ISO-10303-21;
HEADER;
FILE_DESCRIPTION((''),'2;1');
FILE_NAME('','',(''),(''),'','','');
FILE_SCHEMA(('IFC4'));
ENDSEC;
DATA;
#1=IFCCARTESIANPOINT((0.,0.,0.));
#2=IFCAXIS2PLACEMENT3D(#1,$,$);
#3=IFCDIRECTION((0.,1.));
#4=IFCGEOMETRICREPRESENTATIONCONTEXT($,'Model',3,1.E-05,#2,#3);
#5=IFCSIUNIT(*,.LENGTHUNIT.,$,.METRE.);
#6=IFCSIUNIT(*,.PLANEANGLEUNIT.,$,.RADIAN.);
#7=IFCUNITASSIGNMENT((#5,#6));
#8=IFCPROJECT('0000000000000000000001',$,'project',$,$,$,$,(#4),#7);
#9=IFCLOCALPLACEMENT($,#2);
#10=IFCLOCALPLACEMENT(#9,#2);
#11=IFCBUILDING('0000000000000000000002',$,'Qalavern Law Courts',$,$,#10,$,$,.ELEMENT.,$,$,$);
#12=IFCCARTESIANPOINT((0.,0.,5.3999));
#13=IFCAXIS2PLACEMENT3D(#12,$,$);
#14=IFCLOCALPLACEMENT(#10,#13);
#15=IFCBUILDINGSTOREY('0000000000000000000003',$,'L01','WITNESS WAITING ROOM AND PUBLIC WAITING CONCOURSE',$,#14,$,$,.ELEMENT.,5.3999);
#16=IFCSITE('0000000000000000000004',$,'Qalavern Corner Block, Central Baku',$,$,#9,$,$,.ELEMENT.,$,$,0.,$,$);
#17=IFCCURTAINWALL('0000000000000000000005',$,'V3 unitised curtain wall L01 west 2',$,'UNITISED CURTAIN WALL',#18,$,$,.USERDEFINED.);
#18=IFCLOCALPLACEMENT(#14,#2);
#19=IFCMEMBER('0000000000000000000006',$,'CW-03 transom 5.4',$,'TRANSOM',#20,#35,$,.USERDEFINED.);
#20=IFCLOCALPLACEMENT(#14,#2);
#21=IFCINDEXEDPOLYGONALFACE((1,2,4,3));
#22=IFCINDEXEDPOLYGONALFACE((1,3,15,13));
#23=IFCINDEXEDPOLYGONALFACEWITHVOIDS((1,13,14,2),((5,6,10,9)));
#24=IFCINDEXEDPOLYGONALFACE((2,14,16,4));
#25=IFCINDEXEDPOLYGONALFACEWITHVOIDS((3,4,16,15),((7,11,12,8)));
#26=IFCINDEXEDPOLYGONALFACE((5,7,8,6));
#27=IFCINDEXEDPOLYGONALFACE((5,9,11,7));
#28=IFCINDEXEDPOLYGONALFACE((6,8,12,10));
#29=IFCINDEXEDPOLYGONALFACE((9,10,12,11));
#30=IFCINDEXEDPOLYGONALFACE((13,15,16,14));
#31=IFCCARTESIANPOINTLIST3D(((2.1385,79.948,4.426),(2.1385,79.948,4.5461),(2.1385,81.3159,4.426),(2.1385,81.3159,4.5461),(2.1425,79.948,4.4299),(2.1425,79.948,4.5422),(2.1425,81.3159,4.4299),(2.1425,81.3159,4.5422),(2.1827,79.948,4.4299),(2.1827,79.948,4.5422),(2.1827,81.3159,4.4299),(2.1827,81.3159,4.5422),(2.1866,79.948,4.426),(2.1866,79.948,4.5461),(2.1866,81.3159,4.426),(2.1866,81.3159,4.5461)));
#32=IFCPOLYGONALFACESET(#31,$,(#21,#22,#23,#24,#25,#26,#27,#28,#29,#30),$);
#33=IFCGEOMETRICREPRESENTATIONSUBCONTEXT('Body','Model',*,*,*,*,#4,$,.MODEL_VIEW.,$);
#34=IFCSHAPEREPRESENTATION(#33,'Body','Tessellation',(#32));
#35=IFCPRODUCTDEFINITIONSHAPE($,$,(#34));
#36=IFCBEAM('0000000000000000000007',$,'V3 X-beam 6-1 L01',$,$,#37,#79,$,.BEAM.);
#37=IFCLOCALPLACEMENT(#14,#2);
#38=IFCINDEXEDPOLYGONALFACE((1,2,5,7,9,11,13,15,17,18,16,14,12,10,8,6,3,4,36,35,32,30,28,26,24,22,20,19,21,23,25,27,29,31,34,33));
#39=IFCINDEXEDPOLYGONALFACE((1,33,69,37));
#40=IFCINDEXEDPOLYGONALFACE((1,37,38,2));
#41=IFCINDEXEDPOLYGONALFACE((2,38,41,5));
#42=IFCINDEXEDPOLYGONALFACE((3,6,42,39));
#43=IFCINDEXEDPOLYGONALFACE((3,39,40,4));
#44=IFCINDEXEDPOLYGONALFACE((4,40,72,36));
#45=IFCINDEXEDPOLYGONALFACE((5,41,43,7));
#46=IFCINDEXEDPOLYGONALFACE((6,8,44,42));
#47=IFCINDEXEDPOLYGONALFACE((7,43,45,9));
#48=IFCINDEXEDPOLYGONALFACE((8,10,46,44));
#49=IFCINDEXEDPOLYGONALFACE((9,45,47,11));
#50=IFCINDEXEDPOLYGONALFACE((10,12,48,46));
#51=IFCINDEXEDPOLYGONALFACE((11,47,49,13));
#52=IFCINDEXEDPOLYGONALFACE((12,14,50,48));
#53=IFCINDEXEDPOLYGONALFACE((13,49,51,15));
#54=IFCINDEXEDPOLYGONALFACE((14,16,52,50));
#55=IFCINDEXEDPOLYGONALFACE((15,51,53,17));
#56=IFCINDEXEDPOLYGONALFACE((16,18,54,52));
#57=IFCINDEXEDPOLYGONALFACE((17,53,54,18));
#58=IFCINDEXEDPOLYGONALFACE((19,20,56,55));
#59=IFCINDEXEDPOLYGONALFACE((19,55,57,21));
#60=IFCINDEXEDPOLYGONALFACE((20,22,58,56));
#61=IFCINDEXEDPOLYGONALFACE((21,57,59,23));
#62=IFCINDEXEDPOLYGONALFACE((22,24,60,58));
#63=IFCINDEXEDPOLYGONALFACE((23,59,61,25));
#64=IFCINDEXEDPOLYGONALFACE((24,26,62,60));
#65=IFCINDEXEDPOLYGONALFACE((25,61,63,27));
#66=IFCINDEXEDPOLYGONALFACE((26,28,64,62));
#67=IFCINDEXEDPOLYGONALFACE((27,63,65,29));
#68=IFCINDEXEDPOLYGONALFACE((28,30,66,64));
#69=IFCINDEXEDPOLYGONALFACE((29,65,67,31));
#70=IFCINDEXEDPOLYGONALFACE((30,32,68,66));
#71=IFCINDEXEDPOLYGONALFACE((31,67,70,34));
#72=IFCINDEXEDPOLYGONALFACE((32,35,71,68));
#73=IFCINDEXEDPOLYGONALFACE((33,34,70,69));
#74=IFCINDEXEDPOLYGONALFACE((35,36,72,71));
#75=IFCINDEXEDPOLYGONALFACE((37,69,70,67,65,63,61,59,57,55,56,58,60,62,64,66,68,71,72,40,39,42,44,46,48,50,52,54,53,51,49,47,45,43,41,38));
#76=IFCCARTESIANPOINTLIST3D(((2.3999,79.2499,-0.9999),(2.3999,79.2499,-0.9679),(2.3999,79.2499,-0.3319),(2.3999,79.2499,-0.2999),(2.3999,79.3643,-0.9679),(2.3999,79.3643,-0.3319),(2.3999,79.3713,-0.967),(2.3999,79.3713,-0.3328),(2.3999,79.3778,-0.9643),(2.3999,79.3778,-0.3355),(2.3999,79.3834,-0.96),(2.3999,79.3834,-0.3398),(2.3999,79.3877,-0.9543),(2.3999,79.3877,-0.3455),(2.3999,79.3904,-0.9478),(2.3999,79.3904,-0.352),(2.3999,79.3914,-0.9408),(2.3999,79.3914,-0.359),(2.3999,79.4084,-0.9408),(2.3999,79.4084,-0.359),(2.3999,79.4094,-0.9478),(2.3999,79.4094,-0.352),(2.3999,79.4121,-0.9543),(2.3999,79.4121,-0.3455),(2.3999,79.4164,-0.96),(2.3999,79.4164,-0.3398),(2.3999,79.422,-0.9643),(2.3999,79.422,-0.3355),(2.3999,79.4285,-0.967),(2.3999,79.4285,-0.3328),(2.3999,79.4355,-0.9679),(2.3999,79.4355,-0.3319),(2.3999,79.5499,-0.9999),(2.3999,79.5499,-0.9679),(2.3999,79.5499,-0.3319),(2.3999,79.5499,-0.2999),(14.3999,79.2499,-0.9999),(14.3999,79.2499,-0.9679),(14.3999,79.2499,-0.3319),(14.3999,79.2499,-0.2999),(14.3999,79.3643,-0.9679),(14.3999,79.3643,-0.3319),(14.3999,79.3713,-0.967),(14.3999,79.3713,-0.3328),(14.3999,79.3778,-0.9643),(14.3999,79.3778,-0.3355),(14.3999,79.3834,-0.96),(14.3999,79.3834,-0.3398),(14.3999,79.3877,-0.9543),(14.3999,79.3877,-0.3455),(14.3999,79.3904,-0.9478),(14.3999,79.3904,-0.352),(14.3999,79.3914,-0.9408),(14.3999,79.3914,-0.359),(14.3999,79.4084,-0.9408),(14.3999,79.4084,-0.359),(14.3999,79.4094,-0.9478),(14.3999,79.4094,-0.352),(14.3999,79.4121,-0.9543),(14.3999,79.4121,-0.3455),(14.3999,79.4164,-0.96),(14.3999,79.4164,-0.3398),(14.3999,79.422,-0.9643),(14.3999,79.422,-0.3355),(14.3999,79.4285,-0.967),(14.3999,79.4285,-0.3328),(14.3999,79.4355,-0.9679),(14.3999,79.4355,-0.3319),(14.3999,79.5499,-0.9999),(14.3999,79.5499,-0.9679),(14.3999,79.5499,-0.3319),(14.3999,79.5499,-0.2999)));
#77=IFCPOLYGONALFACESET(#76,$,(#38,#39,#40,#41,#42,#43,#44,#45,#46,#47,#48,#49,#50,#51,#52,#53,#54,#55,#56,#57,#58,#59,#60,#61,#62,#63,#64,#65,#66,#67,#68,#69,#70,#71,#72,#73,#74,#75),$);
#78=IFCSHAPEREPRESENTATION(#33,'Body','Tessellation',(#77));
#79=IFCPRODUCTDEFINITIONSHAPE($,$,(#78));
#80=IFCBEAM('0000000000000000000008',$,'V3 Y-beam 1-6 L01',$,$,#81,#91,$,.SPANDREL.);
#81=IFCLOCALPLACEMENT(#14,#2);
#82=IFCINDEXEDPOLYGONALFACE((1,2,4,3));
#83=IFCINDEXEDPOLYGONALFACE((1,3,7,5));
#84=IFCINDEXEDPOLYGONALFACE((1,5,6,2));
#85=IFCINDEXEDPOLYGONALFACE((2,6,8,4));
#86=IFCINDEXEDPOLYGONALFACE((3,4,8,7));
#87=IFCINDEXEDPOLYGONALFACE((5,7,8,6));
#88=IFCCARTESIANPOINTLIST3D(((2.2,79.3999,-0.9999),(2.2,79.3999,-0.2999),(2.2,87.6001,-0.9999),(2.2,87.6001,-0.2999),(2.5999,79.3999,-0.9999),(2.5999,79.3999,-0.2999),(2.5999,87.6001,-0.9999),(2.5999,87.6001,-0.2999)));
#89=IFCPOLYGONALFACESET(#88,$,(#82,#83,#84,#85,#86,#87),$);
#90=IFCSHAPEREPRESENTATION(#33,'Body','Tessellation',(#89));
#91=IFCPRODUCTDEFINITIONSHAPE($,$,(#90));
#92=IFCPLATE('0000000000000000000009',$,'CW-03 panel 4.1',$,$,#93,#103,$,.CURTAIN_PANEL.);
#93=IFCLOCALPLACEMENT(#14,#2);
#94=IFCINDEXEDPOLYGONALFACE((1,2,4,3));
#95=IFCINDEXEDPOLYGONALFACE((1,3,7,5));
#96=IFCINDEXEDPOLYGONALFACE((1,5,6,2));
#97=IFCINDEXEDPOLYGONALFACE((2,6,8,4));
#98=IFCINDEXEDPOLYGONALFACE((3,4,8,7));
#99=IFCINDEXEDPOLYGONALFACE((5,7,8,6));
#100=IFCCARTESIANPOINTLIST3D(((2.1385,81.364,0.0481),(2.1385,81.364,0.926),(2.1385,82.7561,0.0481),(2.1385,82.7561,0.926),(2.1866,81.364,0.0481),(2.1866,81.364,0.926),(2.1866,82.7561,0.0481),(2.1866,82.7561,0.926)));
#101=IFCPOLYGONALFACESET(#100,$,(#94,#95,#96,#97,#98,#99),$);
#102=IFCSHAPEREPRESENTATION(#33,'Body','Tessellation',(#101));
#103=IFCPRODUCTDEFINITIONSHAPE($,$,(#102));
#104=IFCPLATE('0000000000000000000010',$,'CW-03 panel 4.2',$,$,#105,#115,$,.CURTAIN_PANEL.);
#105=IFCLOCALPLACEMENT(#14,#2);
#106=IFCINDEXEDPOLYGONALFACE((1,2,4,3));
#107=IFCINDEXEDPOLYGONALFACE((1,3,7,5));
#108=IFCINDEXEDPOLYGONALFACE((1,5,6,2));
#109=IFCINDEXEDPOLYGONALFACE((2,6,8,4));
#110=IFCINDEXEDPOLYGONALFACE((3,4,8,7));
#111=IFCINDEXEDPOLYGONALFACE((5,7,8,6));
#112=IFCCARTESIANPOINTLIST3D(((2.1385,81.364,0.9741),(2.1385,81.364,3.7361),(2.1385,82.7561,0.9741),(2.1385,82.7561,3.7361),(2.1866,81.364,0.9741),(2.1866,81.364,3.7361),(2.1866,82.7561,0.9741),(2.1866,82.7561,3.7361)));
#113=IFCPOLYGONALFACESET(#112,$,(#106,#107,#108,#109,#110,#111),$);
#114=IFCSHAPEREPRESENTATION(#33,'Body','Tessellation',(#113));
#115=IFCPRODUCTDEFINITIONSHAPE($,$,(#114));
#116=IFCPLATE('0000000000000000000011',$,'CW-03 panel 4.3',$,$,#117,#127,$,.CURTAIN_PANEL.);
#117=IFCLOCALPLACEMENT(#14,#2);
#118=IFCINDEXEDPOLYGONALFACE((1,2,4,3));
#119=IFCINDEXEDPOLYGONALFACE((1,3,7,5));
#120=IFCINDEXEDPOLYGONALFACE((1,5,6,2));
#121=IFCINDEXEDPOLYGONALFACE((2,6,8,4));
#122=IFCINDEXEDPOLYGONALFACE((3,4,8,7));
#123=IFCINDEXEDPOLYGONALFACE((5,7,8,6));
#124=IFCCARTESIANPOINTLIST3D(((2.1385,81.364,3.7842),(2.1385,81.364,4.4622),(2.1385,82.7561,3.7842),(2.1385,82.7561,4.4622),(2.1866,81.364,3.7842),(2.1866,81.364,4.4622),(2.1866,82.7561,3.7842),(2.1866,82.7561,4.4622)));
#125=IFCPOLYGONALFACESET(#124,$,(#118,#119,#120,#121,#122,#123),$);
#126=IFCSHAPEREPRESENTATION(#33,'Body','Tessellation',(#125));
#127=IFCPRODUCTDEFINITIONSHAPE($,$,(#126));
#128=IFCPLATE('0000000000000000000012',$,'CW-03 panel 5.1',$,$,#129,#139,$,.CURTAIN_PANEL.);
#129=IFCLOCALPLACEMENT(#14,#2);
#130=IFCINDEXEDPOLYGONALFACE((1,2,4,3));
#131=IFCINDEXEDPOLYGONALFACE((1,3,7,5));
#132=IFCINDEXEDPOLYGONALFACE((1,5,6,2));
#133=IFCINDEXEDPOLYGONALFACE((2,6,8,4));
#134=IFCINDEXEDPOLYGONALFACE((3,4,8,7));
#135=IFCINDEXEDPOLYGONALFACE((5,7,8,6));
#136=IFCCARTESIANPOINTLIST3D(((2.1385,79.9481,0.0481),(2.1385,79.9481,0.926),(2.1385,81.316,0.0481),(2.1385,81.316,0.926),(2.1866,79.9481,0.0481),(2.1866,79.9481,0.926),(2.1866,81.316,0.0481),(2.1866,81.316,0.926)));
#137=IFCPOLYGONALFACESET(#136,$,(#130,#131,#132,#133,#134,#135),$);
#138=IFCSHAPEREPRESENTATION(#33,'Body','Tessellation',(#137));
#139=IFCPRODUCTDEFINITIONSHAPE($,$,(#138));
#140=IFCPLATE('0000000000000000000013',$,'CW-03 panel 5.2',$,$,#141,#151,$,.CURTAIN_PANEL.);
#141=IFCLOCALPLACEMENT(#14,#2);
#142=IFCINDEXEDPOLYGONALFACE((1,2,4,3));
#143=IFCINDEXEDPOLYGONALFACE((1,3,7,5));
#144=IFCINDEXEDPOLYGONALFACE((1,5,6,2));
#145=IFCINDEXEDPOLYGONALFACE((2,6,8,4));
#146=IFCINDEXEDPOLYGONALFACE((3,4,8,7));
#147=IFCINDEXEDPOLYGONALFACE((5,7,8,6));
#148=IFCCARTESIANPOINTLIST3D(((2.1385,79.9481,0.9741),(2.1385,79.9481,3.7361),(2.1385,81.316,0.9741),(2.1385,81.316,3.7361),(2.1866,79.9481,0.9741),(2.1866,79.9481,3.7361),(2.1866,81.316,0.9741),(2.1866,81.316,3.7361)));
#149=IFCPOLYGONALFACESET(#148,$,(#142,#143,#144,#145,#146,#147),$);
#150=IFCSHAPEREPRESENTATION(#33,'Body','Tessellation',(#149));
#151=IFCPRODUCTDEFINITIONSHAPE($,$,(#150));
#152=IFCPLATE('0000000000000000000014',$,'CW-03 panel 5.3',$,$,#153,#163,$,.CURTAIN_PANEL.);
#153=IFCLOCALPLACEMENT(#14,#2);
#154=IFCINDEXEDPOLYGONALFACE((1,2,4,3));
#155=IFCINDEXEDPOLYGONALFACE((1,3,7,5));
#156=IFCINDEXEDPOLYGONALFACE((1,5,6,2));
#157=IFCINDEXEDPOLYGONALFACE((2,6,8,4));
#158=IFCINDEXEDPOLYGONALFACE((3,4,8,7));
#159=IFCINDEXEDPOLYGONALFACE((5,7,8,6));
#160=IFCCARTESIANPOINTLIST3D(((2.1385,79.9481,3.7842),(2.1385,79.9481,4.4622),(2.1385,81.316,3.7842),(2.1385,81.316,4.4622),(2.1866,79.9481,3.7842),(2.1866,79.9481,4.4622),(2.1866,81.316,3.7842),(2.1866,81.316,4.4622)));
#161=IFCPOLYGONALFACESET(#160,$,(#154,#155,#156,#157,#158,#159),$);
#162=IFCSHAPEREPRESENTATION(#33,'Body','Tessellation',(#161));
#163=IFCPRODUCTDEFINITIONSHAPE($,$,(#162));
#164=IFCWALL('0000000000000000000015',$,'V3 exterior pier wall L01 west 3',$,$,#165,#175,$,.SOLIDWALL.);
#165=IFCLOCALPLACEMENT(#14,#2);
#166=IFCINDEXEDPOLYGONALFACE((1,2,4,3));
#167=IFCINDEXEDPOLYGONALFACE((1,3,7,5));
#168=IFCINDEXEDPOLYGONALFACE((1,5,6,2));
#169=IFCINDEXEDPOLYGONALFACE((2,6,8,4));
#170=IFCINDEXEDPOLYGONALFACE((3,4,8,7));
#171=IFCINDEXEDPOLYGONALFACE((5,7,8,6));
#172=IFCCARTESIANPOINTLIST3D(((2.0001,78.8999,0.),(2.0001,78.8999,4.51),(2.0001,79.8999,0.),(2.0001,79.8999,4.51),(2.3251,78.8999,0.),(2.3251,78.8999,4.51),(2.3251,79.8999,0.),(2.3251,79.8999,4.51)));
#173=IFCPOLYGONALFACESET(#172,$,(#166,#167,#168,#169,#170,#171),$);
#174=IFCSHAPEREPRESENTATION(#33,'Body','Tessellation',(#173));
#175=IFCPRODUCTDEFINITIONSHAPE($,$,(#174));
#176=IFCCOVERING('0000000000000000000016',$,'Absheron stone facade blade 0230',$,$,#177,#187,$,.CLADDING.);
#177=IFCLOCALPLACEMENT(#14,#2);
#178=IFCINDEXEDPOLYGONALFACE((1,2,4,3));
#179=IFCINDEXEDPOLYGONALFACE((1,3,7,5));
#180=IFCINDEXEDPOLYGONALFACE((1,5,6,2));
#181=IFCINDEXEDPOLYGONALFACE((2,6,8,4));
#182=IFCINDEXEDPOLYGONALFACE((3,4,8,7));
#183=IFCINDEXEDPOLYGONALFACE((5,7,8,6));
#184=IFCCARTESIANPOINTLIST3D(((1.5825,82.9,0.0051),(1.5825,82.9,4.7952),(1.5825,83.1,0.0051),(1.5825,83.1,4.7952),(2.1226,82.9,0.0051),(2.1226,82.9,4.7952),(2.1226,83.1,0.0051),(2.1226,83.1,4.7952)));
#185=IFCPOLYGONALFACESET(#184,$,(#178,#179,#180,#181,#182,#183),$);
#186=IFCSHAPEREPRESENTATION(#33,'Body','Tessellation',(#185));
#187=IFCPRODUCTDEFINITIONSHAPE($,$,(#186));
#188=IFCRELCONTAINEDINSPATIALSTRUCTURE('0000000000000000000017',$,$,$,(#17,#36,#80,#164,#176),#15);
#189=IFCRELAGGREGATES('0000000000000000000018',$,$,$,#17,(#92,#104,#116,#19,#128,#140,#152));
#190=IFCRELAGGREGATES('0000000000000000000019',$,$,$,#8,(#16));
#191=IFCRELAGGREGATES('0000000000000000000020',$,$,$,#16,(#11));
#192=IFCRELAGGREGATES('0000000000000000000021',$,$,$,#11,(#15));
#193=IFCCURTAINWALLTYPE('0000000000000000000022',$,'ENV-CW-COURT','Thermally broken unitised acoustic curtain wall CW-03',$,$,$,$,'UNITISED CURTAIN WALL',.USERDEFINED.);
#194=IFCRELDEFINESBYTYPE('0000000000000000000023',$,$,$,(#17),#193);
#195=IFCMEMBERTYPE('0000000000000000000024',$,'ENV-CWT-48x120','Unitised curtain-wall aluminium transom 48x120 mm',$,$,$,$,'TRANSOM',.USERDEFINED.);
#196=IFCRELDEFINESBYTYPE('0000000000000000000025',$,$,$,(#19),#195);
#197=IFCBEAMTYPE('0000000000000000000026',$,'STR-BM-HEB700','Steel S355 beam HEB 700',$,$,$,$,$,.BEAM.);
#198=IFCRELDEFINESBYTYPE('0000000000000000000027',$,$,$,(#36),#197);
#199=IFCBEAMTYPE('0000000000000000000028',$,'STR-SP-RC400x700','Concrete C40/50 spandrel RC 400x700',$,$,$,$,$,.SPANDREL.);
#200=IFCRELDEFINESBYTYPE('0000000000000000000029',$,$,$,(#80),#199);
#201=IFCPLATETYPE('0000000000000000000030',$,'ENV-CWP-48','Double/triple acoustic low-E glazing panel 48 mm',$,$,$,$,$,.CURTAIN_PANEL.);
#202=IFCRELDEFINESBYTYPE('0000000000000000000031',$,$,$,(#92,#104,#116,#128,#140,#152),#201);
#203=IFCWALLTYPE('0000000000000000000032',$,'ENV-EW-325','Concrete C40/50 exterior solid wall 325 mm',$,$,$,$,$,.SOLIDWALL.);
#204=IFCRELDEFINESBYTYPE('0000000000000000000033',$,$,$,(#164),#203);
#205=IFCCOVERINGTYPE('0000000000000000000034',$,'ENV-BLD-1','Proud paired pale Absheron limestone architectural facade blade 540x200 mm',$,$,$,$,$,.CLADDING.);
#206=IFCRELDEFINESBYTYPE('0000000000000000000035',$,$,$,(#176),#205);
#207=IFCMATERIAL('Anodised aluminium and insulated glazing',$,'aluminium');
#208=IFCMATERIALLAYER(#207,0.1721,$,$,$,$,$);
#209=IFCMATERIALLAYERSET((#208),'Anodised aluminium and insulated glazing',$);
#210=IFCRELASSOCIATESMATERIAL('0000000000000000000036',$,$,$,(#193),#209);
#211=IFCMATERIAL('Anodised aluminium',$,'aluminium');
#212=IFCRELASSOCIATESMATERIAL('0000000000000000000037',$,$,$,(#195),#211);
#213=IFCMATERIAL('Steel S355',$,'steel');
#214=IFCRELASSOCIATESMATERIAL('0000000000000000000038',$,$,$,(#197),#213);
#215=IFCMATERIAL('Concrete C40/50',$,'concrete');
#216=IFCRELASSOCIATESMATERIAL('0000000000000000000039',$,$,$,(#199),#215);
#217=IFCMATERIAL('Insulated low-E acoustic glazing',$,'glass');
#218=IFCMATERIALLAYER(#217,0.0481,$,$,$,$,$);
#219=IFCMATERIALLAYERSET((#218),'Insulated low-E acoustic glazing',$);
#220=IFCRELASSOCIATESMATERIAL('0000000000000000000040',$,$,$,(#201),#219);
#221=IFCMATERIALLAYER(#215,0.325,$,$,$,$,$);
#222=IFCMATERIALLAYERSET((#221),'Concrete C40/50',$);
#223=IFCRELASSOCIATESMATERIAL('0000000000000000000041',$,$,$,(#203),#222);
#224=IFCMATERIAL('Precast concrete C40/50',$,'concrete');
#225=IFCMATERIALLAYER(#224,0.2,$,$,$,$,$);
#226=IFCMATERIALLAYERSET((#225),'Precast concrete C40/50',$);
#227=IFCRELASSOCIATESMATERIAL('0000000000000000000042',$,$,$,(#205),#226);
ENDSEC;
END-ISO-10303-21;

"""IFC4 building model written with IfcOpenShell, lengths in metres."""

from ifc_helpers import new_model, si_unit, direction, frame, frame_2d, origin, origin_2d, place, context, subcontext, project, spatial, rectangle, hollow_rectangle, i_section, extrude, material, layer, layer_set, material_profile, profile_set, type_object, element, aggregate, save


model = new_model("IFC4")

# Units and contexts
model_context = context("Model", 3, precision=1e-05, world=origin(), true_north=direction((0.0, 1.0)))
body_context = subcontext(model_context, "Body", "Model", "MODEL_VIEW")
ifc_project = project(units=[si_unit("LENGTHUNIT", "METRE"), si_unit("PLANEANGLEUNIT", "RADIAN")], contexts=[model_context])

# Site, building, storey
site_placement = place(None, origin())
site = spatial("IfcSite", under=ifc_project, at=site_placement, Name="Qalavern Corner Block, Central Baku", CompositionType="ELEMENT", RefElevation=0.0)
building_placement = place(site_placement, origin())
building = spatial("IfcBuilding", under=site, at=building_placement, Name="Qalavern Law Courts", CompositionType="ELEMENT")
storey_placement = place(building_placement, frame((0.0, 0.0, 5.3999)))
storey = spatial("IfcBuildingStorey", under=building, at=storey_placement, Name="L01", Description="WITNESS WAITING ROOM AND PUBLIC WAITING CONCOURSE", CompositionType="ELEMENT", Elevation=5.3999)

# Curtain wall, member
ifc_material_1 = material(Name="Anodised aluminium and insulated glazing", Category="aluminium")
ifc_layer_1 = layer(ifc_material_1, 0.1721)
ifc_layer_set_1 = layer_set([ifc_layer_1], Name="Anodised aluminium and insulated glazing")
curtain_wall_type = type_object("IfcCurtainWallType", Name="ENV-CW-COURT", Description="Thermally broken unitised acoustic curtain wall CW-03", ElementType="UNITISED CURTAIN WALL", PredefinedType="USERDEFINED", material=ifc_layer_set_1)
curtain_wall_placement = place(storey_placement, origin())
curtain_wall = element("IfcCurtainWall", 1, at=curtain_wall_placement, inside=storey, type_object=curtain_wall_type, Name="V3 unitised curtain wall L01 west 2", ObjectType="UNITISED CURTAIN WALL", PredefinedType="USERDEFINED")
ifc_material_2 = material(Name="Anodised aluminium", Category="aluminium")
ifc_material_profile_1 = material_profile(ifc_material_2, hollow_rectangle(XDim=0.0481, YDim=0.1201, WallThickness=0.0039, at=origin_2d()), Name="ALU TRANSOM 48x120")
ifc_profile_set_1 = profile_set([ifc_material_profile_1], Name="Anodised aluminium")
member_type_1 = type_object("IfcMemberType", Name="ENV-CWT-48x120", Description="Unitised curtain-wall aluminium transom 48x120 mm", ElementType="TRANSOM", PredefinedType="USERDEFINED", material=ifc_profile_set_1)
member_1_placement = place(storey_placement, frame((2.1626, 81.3159, 4.4861), z_axis=(0.0, -1.0, 0.0), x_axis=(1.0, 0.0, 0.0)))
member_1 = element("IfcMember", 2, at=member_1_placement, type_object=member_type_1, Name="CW-03 transom 5.4", ObjectType="TRANSOM", PredefinedType="USERDEFINED", context=body_context, shape_type="SweptSolid", body=[
    extrude(hollow_rectangle(XDim=0.0481, YDim=0.1201, WallThickness=0.0039, at=origin_2d()), origin(), (0.0, 0.0, 1.0), 1.3679),
])

# Beams
ifc_material_3 = material(Name="Steel S355", Category="steel")
ifc_material_profile_2 = material_profile(ifc_material_3, i_section(OverallWidth=0.3, OverallDepth=0.7, WebThickness=0.0171, FlangeThickness=0.032, FilletRadius=0.0271, at=origin_2d()), Name="HEB 700")
ifc_profile_set_2 = profile_set([ifc_material_profile_2], Name="Steel S355")
beam_type_1 = type_object("IfcBeamType", Name="STR-BM-HEB700", Description="Steel S355 beam HEB 700", PredefinedType="BEAM", material=ifc_profile_set_2)
beam_1_placement = place(storey_placement, frame((2.3999, 79.3999, -0.6499), z_axis=(1.0, 0.0, 0.0), x_axis=(0.0, 1.0, 0.0)))
element("IfcBeam", 3, at=beam_1_placement, inside=storey, type_object=beam_type_1, Name="V3 X-beam 6-1 L01", PredefinedType="BEAM", context=body_context, shape_type="SweptSolid", body=[
    extrude(i_section(OverallWidth=0.3, OverallDepth=0.7, WebThickness=0.0171, FlangeThickness=0.032, FilletRadius=0.0271, at=origin_2d()), origin(), (0.0, 0.0, 1.0), 12.0),
])
ifc_material_4 = material(Name="Concrete C40/50", Category="concrete")
ifc_material_profile_3 = material_profile(ifc_material_4, rectangle(XDim=0.3999, YDim=0.7, at=origin_2d()), Name="RC 400x700")
ifc_profile_set_3 = profile_set([ifc_material_profile_3], Name="Concrete C40/50")
beam_type_2 = type_object("IfcBeamType", Name="STR-SP-RC400x700", Description="Concrete C40/50 spandrel RC 400x700", PredefinedType="SPANDREL", material=ifc_profile_set_3)
beam_2_placement = place(storey_placement, frame((2.3999, 79.3999, -0.6499), z_axis=(0.0, 1.0, 0.0), x_axis=(-1.0, 0.0, 0.0)))
element("IfcBeam", 4, at=beam_2_placement, inside=storey, type_object=beam_type_2, Name="V3 Y-beam 1-6 L01", PredefinedType="SPANDREL", context=body_context, shape_type="SweptSolid", body=[
    extrude(rectangle(XDim=0.3999, YDim=0.7, at=origin_2d()), origin(), (0.0, 0.0, 1.0), 8.2002),
])

# Plates
ifc_material_5 = material(Name="Insulated low-E acoustic glazing", Category="glass")
ifc_layer_2 = layer(ifc_material_5, 0.0481)
ifc_layer_set_2 = layer_set([ifc_layer_2], Name="Insulated low-E acoustic glazing")
plate_type = type_object("IfcPlateType", Name="ENV-CWP-48", Description="Double/triple acoustic low-E glazing panel 48 mm", PredefinedType="CURTAIN_PANEL", material=ifc_layer_set_2)
plate_1_placement = place(storey_placement, frame((2.1626, 82.0601, 0.0481), z_axis=(0.0, 0.0, 1.0), x_axis=(0.0, -1.0, 0.0)))
plate_1 = element("IfcPlate", 5, at=plate_1_placement, type_object=plate_type, Name="CW-03 panel 4.1", PredefinedType="CURTAIN_PANEL", context=body_context, shape_type="SweptSolid", body=[
    extrude(rectangle(XDim=1.3921, YDim=0.0481, at=origin_2d()), origin(), (0.0, 0.0, 1.0), 0.8779),
])
plate_2_placement = place(storey_placement, frame((2.1626, 82.0601, 0.9741), z_axis=(0.0, 0.0, 1.0), x_axis=(0.0, -1.0, 0.0)))
plate_2 = element("IfcPlate", 6, at=plate_2_placement, type_object=plate_type, Name="CW-03 panel 4.2", PredefinedType="CURTAIN_PANEL", context=body_context, shape_type="SweptSolid", body=[
    extrude(rectangle(XDim=1.3921, YDim=0.0481, at=origin_2d()), origin(), (0.0, 0.0, 1.0), 2.762),
])
plate_3_placement = place(storey_placement, frame((2.1626, 82.0601, 3.7842), z_axis=(0.0, 0.0, 1.0), x_axis=(0.0, -1.0, 0.0)))
plate_3 = element("IfcPlate", 7, at=plate_3_placement, type_object=plate_type, Name="CW-03 panel 4.3", PredefinedType="CURTAIN_PANEL", context=body_context, shape_type="SweptSolid", body=[
    extrude(rectangle(XDim=1.3921, YDim=0.0481, at=origin_2d()), origin(), (0.0, 0.0, 1.0), 0.678),
])
plate_4_placement = place(storey_placement, frame((2.1626, 80.6321, 0.0481), z_axis=(0.0, 0.0, 1.0), x_axis=(0.0, -1.0, 0.0)))
plate_4 = element("IfcPlate", 8, at=plate_4_placement, type_object=plate_type, Name="CW-03 panel 5.1", PredefinedType="CURTAIN_PANEL", context=body_context, shape_type="SweptSolid", body=[
    extrude(rectangle(XDim=1.3679, YDim=0.0481, at=origin_2d()), origin(), (0.0, 0.0, 1.0), 0.8779),
])
plate_5_placement = place(storey_placement, frame((2.1626, 80.6321, 0.9741), z_axis=(0.0, 0.0, 1.0), x_axis=(0.0, -1.0, 0.0)))
plate_5 = element("IfcPlate", 9, at=plate_5_placement, type_object=plate_type, Name="CW-03 panel 5.2", PredefinedType="CURTAIN_PANEL", context=body_context, shape_type="SweptSolid", body=[
    extrude(rectangle(XDim=1.3679, YDim=0.0481, at=origin_2d()), origin(), (0.0, 0.0, 1.0), 2.762),
])
plate_6_placement = place(storey_placement, frame((2.1626, 80.6321, 3.7842), z_axis=(0.0, 0.0, 1.0), x_axis=(0.0, -1.0, 0.0)))
plate_6 = element("IfcPlate", 10, at=plate_6_placement, type_object=plate_type, Name="CW-03 panel 5.3", PredefinedType="CURTAIN_PANEL", context=body_context, shape_type="SweptSolid", body=[
    extrude(rectangle(XDim=1.3679, YDim=0.0481, at=origin_2d()), origin(), (0.0, 0.0, 1.0), 0.678),
])
aggregate(curtain_wall, [plate_1, plate_2, plate_3, member_1, plate_4, plate_5, plate_6])

# Wall
ifc_layer_3 = layer(ifc_material_4, 0.325)
ifc_layer_set_3 = layer_set([ifc_layer_3], Name="Concrete C40/50")
wall_type = type_object("IfcWallType", Name="ENV-EW-325", Description="Concrete C40/50 exterior solid wall 325 mm", PredefinedType="SOLIDWALL", material=ifc_layer_set_3)
wall_placement = place(storey_placement, frame((2.1626, 79.8999, 0.0), z_axis=(0.0, 0.0, 1.0), x_axis=(0.0, -1.0, 0.0)))
element("IfcWall", 11, at=wall_placement, inside=storey, type_object=wall_type, Name="V3 exterior pier wall L01 west 3", PredefinedType="SOLIDWALL", context=body_context, shape_type="SweptSolid", body=[
    extrude(rectangle(XDim=1.0, YDim=0.325, at=frame_2d((0.5, 0.0))), origin(), (0.0, 0.0, 1.0), 4.51),
])

# Covering
ifc_material_6 = material(Name="Precast concrete C40/50", Category="concrete")
ifc_layer_4 = layer(ifc_material_6, 0.2)
ifc_layer_set_4 = layer_set([ifc_layer_4], Name="Precast concrete C40/50")
covering_type = type_object("IfcCoveringType", Name="ENV-BLD-1", Description="Proud paired pale Absheron limestone architectural facade blade 540x200 mm", PredefinedType="CLADDING", material=ifc_layer_set_4)
covering_placement = place(storey_placement, frame((1.8525, 83.0, 0.0051), z_axis=(0.0, 0.0, 1.0), x_axis=(-1.0, 0.0, 0.0)))
element("IfcCovering", 12, at=covering_placement, inside=storey, type_object=covering_type, Name="Absheron stone facade blade 0230", PredefinedType="CLADDING", context=body_context, shape_type="SweptSolid", body=[
    extrude(rectangle(XDim=0.54, YDim=0.2, at=origin_2d()), origin(), (0.0, 0.0, 1.0), 4.79),
])

save(model, "model.ifc")
